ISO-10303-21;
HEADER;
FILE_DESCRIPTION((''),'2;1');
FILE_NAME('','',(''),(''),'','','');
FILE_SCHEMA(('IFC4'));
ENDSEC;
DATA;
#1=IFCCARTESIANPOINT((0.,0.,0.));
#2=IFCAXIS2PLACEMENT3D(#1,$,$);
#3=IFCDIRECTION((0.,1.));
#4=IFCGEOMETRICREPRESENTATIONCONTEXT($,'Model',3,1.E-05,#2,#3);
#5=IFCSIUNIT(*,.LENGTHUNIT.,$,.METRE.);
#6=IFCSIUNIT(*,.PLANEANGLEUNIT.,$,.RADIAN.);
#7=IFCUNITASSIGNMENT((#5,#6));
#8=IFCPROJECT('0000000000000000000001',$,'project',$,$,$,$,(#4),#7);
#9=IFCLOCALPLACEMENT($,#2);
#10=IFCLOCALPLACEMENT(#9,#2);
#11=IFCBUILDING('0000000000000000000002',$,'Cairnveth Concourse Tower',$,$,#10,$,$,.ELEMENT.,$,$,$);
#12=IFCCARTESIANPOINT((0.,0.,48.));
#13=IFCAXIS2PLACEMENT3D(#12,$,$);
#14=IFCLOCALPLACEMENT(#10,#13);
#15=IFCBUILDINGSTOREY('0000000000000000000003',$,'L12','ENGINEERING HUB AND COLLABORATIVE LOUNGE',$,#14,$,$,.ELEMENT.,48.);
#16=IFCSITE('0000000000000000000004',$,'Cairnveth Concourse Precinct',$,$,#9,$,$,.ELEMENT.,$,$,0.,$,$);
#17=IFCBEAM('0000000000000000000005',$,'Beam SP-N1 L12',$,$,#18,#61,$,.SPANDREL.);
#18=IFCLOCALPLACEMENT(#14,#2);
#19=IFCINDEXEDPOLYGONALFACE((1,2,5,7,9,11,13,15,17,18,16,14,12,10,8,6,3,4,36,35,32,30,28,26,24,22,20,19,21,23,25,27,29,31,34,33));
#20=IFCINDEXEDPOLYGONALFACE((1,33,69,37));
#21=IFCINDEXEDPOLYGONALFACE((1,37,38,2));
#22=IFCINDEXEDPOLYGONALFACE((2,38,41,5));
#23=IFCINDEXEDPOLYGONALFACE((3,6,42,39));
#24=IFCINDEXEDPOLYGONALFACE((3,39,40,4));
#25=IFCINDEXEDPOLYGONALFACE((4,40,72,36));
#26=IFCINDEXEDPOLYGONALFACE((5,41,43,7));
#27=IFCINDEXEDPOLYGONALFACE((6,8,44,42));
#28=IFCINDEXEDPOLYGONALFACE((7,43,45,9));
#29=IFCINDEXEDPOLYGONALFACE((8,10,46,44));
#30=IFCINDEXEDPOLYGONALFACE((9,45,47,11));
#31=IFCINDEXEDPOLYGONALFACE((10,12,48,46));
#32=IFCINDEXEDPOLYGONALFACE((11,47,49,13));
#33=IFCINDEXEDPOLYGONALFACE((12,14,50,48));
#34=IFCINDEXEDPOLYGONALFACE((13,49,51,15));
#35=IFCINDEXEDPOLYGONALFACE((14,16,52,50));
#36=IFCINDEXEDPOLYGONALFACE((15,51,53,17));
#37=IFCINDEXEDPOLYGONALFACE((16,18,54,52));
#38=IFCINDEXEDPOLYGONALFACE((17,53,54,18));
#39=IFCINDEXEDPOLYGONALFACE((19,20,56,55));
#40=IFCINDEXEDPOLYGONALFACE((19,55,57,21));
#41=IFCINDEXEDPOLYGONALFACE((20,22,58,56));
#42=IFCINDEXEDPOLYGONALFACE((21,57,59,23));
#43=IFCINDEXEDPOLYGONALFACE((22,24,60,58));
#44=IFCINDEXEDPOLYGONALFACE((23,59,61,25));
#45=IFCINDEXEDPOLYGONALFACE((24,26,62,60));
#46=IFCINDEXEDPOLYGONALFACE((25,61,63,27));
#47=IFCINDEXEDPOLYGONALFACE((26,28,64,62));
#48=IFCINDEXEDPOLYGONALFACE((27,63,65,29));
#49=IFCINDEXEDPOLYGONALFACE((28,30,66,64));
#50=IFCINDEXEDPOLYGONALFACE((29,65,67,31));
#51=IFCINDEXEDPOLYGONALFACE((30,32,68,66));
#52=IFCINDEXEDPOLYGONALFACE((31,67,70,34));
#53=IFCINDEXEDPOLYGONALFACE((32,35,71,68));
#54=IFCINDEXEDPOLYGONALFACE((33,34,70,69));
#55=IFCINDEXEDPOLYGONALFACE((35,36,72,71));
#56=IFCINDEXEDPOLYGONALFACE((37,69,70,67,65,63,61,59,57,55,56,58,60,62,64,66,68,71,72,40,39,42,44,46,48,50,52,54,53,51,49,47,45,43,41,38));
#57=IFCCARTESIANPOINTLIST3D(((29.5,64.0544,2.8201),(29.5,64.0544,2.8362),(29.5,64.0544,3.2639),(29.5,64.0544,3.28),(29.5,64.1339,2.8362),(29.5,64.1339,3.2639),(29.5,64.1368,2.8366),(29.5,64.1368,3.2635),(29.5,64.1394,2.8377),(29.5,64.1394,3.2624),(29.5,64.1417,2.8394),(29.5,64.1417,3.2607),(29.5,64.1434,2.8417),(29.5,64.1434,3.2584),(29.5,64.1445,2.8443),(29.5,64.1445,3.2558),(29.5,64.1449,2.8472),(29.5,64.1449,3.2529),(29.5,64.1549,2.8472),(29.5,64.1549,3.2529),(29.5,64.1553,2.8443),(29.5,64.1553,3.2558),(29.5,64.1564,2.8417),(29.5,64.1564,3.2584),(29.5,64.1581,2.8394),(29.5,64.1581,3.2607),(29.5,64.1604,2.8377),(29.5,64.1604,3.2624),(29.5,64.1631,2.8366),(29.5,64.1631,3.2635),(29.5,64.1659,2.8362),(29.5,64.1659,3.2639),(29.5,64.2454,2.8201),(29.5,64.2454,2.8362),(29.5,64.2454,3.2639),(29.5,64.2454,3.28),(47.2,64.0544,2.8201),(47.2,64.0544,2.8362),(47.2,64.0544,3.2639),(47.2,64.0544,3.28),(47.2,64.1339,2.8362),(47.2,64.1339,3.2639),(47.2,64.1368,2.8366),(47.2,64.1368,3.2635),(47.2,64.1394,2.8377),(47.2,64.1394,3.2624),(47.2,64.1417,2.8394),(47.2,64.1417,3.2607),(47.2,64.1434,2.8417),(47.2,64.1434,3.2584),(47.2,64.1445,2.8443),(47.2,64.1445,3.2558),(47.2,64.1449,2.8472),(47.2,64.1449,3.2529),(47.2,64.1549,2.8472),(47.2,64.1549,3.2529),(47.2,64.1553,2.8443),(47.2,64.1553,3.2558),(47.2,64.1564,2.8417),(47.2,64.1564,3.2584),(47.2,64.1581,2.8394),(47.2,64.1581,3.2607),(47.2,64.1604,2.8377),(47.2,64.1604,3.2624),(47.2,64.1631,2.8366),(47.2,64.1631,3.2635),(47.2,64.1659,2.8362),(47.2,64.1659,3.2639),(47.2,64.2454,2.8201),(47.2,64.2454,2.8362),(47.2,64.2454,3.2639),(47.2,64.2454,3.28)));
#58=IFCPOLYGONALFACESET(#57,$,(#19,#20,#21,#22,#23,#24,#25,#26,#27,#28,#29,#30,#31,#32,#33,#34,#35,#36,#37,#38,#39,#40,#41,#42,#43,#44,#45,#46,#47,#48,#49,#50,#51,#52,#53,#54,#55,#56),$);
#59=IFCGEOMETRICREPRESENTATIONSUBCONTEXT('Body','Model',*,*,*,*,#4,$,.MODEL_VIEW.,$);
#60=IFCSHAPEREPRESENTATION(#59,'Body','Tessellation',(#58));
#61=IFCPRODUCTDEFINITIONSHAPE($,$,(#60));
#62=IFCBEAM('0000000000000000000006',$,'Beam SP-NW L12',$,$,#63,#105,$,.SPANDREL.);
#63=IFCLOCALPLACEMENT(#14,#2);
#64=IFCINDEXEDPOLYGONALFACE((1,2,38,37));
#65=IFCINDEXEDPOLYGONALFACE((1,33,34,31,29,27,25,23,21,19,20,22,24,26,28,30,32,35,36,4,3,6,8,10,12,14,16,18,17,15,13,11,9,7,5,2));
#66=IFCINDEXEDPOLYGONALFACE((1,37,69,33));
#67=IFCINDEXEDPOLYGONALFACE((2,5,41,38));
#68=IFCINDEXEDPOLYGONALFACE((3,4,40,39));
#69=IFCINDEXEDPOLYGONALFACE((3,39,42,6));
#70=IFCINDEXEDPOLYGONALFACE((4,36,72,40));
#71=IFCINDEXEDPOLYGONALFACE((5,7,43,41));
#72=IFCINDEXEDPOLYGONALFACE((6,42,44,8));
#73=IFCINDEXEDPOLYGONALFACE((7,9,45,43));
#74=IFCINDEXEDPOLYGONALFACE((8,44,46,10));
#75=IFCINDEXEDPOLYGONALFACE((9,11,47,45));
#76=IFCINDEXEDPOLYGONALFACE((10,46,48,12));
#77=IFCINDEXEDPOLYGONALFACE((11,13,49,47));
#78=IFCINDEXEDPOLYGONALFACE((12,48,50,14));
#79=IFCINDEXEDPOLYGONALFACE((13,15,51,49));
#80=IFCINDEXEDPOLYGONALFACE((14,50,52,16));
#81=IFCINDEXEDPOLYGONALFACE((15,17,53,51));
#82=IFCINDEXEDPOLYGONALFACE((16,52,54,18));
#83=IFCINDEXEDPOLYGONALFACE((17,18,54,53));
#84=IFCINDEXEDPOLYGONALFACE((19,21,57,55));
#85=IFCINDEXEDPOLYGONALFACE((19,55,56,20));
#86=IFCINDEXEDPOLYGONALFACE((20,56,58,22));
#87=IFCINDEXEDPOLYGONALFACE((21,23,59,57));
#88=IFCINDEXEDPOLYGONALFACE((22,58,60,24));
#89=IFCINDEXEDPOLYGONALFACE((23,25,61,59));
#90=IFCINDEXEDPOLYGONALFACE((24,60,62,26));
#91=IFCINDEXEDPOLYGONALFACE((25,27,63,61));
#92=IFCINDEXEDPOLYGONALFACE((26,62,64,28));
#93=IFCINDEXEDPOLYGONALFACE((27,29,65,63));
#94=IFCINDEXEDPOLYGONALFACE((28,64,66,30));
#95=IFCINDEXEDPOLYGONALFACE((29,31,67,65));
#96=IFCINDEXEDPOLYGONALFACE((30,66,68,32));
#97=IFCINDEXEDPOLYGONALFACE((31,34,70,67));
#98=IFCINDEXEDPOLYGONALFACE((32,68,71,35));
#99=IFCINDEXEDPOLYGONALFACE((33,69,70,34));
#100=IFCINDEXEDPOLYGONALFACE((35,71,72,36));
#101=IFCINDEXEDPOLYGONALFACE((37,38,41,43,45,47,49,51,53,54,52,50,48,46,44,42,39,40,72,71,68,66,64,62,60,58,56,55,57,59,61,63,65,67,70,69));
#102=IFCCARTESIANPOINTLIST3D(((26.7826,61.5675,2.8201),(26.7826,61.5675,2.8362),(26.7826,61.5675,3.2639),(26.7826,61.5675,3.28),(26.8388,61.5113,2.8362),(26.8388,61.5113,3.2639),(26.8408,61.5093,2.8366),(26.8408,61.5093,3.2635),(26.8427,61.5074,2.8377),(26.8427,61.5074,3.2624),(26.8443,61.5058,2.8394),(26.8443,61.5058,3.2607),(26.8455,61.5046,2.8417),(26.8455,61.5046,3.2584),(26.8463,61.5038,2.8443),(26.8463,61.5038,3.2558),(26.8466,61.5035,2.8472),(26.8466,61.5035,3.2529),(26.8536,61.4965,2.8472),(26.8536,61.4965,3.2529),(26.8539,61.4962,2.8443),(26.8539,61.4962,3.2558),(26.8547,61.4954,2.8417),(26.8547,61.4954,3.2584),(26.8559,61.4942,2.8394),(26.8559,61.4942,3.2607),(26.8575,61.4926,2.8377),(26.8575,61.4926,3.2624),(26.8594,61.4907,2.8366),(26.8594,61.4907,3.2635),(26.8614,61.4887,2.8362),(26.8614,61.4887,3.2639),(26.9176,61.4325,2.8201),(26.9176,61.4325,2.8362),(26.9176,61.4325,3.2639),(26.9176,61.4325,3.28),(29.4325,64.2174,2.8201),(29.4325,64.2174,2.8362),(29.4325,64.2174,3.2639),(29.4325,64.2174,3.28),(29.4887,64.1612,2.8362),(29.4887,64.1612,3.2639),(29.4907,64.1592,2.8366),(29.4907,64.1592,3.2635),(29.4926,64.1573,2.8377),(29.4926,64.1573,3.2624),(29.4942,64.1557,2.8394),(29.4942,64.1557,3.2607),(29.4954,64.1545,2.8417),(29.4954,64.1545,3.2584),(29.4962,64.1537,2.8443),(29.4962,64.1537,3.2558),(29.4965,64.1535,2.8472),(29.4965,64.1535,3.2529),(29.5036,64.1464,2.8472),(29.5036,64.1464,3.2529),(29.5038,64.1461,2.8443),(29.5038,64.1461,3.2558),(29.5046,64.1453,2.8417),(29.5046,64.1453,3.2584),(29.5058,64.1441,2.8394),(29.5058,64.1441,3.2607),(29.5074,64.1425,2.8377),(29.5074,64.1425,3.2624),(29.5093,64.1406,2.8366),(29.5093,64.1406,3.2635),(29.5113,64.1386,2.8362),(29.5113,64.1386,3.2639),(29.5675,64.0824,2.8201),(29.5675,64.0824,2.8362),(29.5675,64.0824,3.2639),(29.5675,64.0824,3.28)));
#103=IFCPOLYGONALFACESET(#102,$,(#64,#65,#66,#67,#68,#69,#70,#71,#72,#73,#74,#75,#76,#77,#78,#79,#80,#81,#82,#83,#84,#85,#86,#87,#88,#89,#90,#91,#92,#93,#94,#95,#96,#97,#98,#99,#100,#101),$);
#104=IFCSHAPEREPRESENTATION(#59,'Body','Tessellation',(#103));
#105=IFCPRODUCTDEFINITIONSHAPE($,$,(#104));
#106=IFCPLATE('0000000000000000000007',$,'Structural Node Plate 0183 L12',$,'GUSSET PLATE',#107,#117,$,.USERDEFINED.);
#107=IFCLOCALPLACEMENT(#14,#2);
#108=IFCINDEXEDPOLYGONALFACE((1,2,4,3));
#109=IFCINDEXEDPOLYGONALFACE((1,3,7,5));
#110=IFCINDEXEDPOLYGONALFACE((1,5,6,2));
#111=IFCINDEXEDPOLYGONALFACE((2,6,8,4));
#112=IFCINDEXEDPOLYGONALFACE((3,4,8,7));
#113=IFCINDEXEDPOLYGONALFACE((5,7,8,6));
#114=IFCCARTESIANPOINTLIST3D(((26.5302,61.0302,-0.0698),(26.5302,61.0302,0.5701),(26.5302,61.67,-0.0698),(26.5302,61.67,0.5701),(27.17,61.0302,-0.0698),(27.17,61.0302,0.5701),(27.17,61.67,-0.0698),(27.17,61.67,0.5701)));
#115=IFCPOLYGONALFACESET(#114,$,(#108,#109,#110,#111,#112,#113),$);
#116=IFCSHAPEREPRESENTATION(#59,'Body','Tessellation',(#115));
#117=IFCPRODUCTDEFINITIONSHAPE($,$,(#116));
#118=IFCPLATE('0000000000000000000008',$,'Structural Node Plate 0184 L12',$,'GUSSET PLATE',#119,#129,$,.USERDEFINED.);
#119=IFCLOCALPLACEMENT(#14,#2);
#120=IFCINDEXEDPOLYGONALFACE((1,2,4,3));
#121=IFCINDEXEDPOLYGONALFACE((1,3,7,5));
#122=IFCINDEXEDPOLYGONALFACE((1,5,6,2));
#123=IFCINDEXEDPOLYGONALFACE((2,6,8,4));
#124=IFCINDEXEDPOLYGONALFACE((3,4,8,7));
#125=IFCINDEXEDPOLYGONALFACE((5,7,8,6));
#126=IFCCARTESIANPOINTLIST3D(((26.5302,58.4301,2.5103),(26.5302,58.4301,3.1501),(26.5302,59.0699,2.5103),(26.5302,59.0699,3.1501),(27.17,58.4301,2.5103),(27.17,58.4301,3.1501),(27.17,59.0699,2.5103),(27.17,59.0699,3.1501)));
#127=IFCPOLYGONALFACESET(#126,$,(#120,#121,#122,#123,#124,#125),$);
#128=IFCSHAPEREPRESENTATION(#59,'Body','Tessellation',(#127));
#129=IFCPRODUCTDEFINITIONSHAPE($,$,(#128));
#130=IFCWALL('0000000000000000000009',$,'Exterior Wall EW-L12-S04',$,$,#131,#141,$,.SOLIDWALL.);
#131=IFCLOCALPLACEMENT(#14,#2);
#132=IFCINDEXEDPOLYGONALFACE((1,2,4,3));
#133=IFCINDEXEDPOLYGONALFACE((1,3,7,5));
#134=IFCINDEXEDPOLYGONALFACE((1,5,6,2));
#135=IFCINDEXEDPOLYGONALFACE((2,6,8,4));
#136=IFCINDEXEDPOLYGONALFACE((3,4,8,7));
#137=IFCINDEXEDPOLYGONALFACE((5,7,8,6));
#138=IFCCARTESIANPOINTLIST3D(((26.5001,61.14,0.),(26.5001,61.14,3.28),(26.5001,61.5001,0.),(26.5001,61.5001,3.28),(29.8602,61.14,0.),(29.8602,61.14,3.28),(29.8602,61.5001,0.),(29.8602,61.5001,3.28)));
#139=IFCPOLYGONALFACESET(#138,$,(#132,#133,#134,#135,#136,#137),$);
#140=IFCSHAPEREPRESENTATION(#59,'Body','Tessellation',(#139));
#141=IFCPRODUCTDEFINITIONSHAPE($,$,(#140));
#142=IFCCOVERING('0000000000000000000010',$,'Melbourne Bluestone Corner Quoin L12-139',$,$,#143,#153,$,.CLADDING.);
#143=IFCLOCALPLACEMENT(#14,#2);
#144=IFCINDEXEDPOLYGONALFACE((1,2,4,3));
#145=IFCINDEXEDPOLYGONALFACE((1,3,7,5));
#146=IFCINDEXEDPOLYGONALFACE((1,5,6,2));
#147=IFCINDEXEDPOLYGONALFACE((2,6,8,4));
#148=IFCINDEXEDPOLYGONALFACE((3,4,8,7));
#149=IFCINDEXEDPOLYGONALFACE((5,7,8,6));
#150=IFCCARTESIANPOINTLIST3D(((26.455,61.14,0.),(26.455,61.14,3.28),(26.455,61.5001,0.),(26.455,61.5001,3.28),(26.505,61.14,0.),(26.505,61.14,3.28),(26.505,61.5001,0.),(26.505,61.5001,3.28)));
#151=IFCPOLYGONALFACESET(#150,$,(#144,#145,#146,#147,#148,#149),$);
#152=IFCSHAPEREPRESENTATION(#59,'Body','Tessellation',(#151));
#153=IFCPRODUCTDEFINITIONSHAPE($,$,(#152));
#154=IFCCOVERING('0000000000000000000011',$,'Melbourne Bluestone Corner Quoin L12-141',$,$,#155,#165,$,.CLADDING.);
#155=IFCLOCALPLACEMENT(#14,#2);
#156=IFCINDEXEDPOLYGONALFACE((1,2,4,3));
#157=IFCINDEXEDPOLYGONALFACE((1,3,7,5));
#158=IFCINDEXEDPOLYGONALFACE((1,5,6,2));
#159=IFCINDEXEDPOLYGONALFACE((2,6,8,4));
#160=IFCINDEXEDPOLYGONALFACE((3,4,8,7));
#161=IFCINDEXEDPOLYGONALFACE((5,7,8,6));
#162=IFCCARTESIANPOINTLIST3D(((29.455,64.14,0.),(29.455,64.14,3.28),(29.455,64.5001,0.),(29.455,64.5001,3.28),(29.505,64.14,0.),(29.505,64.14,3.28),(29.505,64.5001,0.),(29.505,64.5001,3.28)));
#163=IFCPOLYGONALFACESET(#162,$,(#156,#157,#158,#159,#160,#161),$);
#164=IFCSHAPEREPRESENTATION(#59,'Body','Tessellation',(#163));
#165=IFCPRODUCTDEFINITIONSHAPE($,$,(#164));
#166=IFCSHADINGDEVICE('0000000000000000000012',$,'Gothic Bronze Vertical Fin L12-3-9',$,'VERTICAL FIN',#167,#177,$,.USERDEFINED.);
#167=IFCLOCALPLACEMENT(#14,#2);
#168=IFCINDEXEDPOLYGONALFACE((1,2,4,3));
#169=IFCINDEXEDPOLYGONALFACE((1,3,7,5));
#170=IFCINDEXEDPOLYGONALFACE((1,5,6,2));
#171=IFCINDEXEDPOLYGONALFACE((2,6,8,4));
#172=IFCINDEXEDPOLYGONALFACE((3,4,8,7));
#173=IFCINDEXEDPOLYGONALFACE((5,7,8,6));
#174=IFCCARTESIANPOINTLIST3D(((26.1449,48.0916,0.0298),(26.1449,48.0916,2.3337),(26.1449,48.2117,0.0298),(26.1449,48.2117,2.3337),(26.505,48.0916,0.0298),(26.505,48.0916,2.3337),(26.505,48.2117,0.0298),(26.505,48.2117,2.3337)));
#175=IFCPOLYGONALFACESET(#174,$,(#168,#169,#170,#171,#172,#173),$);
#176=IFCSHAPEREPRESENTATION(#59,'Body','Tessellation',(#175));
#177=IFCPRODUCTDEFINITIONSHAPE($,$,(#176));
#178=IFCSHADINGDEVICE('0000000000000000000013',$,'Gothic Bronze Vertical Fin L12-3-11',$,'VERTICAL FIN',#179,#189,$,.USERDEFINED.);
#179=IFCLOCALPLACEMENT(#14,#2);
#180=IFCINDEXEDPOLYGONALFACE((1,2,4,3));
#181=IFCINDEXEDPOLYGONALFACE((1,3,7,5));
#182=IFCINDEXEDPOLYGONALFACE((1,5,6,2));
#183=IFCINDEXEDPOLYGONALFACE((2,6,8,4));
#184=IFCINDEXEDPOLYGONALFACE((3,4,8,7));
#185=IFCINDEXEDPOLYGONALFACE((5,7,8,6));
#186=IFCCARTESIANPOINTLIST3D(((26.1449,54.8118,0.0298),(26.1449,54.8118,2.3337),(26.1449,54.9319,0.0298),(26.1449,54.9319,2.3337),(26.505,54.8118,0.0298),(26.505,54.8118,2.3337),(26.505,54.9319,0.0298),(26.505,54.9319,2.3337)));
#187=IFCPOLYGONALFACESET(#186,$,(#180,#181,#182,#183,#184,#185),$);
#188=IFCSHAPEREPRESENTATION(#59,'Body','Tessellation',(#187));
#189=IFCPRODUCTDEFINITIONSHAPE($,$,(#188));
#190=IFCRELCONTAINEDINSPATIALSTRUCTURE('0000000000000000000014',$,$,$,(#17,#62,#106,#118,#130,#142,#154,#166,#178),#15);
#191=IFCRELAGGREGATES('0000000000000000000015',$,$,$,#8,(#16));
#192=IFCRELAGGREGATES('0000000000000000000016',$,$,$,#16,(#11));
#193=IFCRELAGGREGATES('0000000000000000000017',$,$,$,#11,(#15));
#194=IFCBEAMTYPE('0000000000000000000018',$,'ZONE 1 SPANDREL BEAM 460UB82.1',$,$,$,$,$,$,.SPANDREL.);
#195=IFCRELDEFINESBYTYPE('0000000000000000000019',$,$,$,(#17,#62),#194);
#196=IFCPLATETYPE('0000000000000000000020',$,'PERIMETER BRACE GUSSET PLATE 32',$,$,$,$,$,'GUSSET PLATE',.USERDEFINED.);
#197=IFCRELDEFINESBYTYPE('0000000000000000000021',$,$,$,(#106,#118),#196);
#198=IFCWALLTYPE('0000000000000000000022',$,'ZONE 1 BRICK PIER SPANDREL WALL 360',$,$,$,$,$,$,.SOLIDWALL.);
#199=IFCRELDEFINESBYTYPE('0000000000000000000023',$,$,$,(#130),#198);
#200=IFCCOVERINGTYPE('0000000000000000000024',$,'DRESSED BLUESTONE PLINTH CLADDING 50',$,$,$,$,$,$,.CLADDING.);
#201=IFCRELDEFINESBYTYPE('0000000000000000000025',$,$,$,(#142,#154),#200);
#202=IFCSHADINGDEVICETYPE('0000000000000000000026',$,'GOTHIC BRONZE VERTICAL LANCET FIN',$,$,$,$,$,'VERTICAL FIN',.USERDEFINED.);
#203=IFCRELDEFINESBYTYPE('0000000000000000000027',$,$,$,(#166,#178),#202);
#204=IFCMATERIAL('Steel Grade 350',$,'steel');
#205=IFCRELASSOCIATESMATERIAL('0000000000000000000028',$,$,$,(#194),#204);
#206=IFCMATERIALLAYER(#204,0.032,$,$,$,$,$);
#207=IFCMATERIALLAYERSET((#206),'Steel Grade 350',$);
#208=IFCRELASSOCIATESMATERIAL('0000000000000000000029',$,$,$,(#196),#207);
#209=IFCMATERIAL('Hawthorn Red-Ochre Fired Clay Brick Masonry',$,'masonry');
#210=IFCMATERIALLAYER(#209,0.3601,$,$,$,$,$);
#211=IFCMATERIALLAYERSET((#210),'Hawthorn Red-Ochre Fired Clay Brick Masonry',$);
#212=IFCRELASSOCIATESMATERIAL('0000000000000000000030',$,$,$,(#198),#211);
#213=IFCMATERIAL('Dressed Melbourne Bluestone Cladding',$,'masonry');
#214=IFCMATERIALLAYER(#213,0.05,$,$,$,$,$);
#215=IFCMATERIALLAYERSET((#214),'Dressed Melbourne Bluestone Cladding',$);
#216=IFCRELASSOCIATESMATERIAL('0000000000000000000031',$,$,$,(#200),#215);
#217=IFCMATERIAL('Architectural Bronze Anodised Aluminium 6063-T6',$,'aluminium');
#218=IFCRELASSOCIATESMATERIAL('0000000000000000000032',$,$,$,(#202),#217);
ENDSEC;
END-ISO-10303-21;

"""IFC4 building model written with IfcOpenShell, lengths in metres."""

from ifc_helpers import new_model, si_unit, direction, frame, frame_2d, origin, origin_2d, place, context, subcontext, project, spatial, rectangle, i_section, extrude, material, layer, layer_set, material_profile, profile_set, type_object, element, save


model = new_model("IFC4")

# Units and contexts
model_context = context("Model", 3, precision=1e-05, world=origin(), true_north=direction((0.0, 1.0)))
body_context = subcontext(model_context, "Body", "Model", "MODEL_VIEW")
ifc_project = project(units=[si_unit("LENGTHUNIT", "METRE"), si_unit("PLANEANGLEUNIT", "RADIAN")], contexts=[model_context])

# Site, building, storey
site_placement = place(None, origin())
site = spatial("IfcSite", under=ifc_project, at=site_placement, Name="Cairnveth Concourse Precinct", CompositionType="ELEMENT", RefElevation=0.0)
building_placement = place(site_placement, origin())
building = spatial("IfcBuilding", under=site, at=building_placement, Name="Cairnveth Concourse Tower", CompositionType="ELEMENT")
storey_placement = place(building_placement, frame((0.0, 0.0, 48.0)))
storey = spatial("IfcBuildingStorey", under=building, at=storey_placement, Name="L12", Description="ENGINEERING HUB AND COLLABORATIVE LOUNGE", CompositionType="ELEMENT", Elevation=48.0)

# Shared definitions
ifc_material_1 = material(Name="Steel Grade 350", Category="steel")

# Beams
ifc_material_profile_1 = material_profile(ifc_material_1, i_section(OverallWidth=0.1909, OverallDepth=0.46, WebThickness=0.01, FlangeThickness=0.0161, FilletRadius=0.011, at=origin_2d()), Name="460UB82.1")
ifc_profile_set_1 = profile_set([ifc_material_profile_1], Name="Steel Grade 350")
beam_type_1 = type_object("IfcBeamType", Name="ZONE 1 SPANDREL BEAM 460UB82.1", PredefinedType="SPANDREL", material=ifc_profile_set_1)
beam_1_placement = place(storey_placement, frame((29.5, 64.1499, 3.05), z_axis=(1.0, 0.0, 0.0), x_axis=(0.0, 1.0, 0.0)))
element("IfcBeam", 1, at=beam_1_placement, inside=storey, type_object=beam_type_1, Name="Beam SP-N1 L12", PredefinedType="SPANDREL", context=body_context, shape_type="SweptSolid", body=[
    extrude(i_section(OverallWidth=0.1909, OverallDepth=0.46, WebThickness=0.01, FlangeThickness=0.0161, FilletRadius=0.011, at=origin_2d()), origin(), (0.0, 0.0, 1.0), 17.7),
])
beam_2_placement = place(storey_placement, frame((26.8501, 61.5, 3.05), z_axis=(0.707107, 0.707107, 0.0), x_axis=(-0.707107, 0.707107, 0.0)))
element("IfcBeam", 2, at=beam_2_placement, inside=storey, type_object=beam_type_1, Name="Beam SP-NW L12", PredefinedType="SPANDREL", context=body_context, shape_type="SweptSolid", body=[
    extrude(i_section(OverallWidth=0.1909, OverallDepth=0.46, WebThickness=0.01, FlangeThickness=0.0161, FilletRadius=0.011, at=origin_2d()), origin(), (0.0, 0.0, 1.0), 3.7476),
])

# Plates
ifc_layer_1 = layer(ifc_material_1, 0.032)
ifc_layer_set_1 = layer_set([ifc_layer_1], Name="Steel Grade 350")
plate_type = type_object("IfcPlateType", Name="PERIMETER BRACE GUSSET PLATE 32", ElementType="GUSSET PLATE", PredefinedType="USERDEFINED", material=ifc_layer_set_1)
for number, where, z_axis, x_axis, name in (
    (3, (26.8501, 61.3501, -0.0698), (0.0, 0.0, 1.0), (1.0, 0.0, 0.0), "Structural Node Plate 0183 L12"),
    (4, (26.8501, 58.75, 2.5103), (0.0, 0.0, 1.0), (1.0, 0.0, 0.0), "Structural Node Plate 0184 L12"),
):
    element("IfcPlate", number, at=place(storey_placement, frame(where, z_axis=z_axis, x_axis=x_axis)), inside=storey, type_object=plate_type, Name=name, ObjectType="GUSSET PLATE", PredefinedType="USERDEFINED", context=body_context, shape_type="SweptSolid", body=[
        extrude(rectangle(XDim=0.6399, YDim=0.6399, at=origin_2d()), origin(), (0.0, 0.0, 1.0), 0.6399),
    ])

# Wall
ifc_material_2 = material(Name="Hawthorn Red-Ochre Fired Clay Brick Masonry", Category="masonry")
ifc_layer_2 = layer(ifc_material_2, 0.3601)
ifc_layer_set_2 = layer_set([ifc_layer_2], Name="Hawthorn Red-Ochre Fired Clay Brick Masonry")
wall_type = type_object("IfcWallType", Name="ZONE 1 BRICK PIER SPANDREL WALL 360", PredefinedType="SOLIDWALL", material=ifc_layer_set_2)
wall_1_placement = place(storey_placement, frame((26.5, 61.3201, 0.0), z_axis=(0.0, 0.0, 1.0), x_axis=(1.0, 0.0, 0.0)))
element("IfcWall", 5, at=wall_1_placement, inside=storey, type_object=wall_type, Name="Exterior Wall EW-L12-S04", PredefinedType="SOLIDWALL", context=body_context, shape_type="SweptSolid", body=[
    extrude(rectangle(XDim=3.3601, YDim=0.3601, at=frame_2d((1.6802, 0.0))), origin(), (0.0, 0.0, 1.0), 3.28),
])

# Coverings
ifc_material_3 = material(Name="Dressed Melbourne Bluestone Cladding", Category="masonry")
ifc_layer_3 = layer(ifc_material_3, 0.05)
ifc_layer_set_3 = layer_set([ifc_layer_3], Name="Dressed Melbourne Bluestone Cladding")
covering_type = type_object("IfcCoveringType", Name="DRESSED BLUESTONE PLINTH CLADDING 50", PredefinedType="CLADDING", material=ifc_layer_set_3)
for number, where, z_axis, x_axis, name in (
    (6, (26.48, 61.1399, 0.0), (0.0, 0.0, 1.0), (0.0, 1.0, 0.0), "Melbourne Bluestone Corner Quoin L12-139"),
    (7, (29.48, 64.1399, 0.0), (0.0, 0.0, 1.0), (0.0, 1.0, 0.0), "Melbourne Bluestone Corner Quoin L12-141"),
):
    element("IfcCovering", number, at=place(storey_placement, frame(where, z_axis=z_axis, x_axis=x_axis)), inside=storey, type_object=covering_type, Name=name, PredefinedType="CLADDING", context=body_context, shape_type="SweptSolid", body=[
        extrude(rectangle(XDim=0.3601, YDim=0.05, at=frame_2d((0.1802, 0.0))), origin(), (0.0, 0.0, 1.0), 3.28),
    ])

# Shading devices
ifc_material_4 = material(Name="Architectural Bronze Anodised Aluminium 6063-T6", Category="aluminium")
shading_device_type = type_object("IfcShadingDeviceType", Name="GOTHIC BRONZE VERTICAL LANCET FIN", ElementType="VERTICAL FIN", PredefinedType="USERDEFINED", material=ifc_material_4)
for number, where, z_axis, x_axis, name in (
    (8, (26.325, 48.1516, 0.0298), (0.0, 0.0, 1.0), (0.0, 1.0, 0.0), "Gothic Bronze Vertical Fin L12-3-9"),
    (9, (26.325, 54.8718, 0.0298), (0.0, 0.0, 1.0), (0.0, 1.0, 0.0), "Gothic Bronze Vertical Fin L12-3-11"),
):
    element("IfcShadingDevice", number, at=place(storey_placement, frame(where, z_axis=z_axis, x_axis=x_axis)), inside=storey, type_object=shading_device_type, Name=name, ObjectType="VERTICAL FIN", PredefinedType="USERDEFINED", context=body_context, shape_type="SweptSolid", body=[
        extrude(rectangle(XDim=0.1201, YDim=0.3601, at=origin_2d()), origin(), (0.0, 0.0, 1.0), 2.304),
    ])

save(model, "model.ifc")
